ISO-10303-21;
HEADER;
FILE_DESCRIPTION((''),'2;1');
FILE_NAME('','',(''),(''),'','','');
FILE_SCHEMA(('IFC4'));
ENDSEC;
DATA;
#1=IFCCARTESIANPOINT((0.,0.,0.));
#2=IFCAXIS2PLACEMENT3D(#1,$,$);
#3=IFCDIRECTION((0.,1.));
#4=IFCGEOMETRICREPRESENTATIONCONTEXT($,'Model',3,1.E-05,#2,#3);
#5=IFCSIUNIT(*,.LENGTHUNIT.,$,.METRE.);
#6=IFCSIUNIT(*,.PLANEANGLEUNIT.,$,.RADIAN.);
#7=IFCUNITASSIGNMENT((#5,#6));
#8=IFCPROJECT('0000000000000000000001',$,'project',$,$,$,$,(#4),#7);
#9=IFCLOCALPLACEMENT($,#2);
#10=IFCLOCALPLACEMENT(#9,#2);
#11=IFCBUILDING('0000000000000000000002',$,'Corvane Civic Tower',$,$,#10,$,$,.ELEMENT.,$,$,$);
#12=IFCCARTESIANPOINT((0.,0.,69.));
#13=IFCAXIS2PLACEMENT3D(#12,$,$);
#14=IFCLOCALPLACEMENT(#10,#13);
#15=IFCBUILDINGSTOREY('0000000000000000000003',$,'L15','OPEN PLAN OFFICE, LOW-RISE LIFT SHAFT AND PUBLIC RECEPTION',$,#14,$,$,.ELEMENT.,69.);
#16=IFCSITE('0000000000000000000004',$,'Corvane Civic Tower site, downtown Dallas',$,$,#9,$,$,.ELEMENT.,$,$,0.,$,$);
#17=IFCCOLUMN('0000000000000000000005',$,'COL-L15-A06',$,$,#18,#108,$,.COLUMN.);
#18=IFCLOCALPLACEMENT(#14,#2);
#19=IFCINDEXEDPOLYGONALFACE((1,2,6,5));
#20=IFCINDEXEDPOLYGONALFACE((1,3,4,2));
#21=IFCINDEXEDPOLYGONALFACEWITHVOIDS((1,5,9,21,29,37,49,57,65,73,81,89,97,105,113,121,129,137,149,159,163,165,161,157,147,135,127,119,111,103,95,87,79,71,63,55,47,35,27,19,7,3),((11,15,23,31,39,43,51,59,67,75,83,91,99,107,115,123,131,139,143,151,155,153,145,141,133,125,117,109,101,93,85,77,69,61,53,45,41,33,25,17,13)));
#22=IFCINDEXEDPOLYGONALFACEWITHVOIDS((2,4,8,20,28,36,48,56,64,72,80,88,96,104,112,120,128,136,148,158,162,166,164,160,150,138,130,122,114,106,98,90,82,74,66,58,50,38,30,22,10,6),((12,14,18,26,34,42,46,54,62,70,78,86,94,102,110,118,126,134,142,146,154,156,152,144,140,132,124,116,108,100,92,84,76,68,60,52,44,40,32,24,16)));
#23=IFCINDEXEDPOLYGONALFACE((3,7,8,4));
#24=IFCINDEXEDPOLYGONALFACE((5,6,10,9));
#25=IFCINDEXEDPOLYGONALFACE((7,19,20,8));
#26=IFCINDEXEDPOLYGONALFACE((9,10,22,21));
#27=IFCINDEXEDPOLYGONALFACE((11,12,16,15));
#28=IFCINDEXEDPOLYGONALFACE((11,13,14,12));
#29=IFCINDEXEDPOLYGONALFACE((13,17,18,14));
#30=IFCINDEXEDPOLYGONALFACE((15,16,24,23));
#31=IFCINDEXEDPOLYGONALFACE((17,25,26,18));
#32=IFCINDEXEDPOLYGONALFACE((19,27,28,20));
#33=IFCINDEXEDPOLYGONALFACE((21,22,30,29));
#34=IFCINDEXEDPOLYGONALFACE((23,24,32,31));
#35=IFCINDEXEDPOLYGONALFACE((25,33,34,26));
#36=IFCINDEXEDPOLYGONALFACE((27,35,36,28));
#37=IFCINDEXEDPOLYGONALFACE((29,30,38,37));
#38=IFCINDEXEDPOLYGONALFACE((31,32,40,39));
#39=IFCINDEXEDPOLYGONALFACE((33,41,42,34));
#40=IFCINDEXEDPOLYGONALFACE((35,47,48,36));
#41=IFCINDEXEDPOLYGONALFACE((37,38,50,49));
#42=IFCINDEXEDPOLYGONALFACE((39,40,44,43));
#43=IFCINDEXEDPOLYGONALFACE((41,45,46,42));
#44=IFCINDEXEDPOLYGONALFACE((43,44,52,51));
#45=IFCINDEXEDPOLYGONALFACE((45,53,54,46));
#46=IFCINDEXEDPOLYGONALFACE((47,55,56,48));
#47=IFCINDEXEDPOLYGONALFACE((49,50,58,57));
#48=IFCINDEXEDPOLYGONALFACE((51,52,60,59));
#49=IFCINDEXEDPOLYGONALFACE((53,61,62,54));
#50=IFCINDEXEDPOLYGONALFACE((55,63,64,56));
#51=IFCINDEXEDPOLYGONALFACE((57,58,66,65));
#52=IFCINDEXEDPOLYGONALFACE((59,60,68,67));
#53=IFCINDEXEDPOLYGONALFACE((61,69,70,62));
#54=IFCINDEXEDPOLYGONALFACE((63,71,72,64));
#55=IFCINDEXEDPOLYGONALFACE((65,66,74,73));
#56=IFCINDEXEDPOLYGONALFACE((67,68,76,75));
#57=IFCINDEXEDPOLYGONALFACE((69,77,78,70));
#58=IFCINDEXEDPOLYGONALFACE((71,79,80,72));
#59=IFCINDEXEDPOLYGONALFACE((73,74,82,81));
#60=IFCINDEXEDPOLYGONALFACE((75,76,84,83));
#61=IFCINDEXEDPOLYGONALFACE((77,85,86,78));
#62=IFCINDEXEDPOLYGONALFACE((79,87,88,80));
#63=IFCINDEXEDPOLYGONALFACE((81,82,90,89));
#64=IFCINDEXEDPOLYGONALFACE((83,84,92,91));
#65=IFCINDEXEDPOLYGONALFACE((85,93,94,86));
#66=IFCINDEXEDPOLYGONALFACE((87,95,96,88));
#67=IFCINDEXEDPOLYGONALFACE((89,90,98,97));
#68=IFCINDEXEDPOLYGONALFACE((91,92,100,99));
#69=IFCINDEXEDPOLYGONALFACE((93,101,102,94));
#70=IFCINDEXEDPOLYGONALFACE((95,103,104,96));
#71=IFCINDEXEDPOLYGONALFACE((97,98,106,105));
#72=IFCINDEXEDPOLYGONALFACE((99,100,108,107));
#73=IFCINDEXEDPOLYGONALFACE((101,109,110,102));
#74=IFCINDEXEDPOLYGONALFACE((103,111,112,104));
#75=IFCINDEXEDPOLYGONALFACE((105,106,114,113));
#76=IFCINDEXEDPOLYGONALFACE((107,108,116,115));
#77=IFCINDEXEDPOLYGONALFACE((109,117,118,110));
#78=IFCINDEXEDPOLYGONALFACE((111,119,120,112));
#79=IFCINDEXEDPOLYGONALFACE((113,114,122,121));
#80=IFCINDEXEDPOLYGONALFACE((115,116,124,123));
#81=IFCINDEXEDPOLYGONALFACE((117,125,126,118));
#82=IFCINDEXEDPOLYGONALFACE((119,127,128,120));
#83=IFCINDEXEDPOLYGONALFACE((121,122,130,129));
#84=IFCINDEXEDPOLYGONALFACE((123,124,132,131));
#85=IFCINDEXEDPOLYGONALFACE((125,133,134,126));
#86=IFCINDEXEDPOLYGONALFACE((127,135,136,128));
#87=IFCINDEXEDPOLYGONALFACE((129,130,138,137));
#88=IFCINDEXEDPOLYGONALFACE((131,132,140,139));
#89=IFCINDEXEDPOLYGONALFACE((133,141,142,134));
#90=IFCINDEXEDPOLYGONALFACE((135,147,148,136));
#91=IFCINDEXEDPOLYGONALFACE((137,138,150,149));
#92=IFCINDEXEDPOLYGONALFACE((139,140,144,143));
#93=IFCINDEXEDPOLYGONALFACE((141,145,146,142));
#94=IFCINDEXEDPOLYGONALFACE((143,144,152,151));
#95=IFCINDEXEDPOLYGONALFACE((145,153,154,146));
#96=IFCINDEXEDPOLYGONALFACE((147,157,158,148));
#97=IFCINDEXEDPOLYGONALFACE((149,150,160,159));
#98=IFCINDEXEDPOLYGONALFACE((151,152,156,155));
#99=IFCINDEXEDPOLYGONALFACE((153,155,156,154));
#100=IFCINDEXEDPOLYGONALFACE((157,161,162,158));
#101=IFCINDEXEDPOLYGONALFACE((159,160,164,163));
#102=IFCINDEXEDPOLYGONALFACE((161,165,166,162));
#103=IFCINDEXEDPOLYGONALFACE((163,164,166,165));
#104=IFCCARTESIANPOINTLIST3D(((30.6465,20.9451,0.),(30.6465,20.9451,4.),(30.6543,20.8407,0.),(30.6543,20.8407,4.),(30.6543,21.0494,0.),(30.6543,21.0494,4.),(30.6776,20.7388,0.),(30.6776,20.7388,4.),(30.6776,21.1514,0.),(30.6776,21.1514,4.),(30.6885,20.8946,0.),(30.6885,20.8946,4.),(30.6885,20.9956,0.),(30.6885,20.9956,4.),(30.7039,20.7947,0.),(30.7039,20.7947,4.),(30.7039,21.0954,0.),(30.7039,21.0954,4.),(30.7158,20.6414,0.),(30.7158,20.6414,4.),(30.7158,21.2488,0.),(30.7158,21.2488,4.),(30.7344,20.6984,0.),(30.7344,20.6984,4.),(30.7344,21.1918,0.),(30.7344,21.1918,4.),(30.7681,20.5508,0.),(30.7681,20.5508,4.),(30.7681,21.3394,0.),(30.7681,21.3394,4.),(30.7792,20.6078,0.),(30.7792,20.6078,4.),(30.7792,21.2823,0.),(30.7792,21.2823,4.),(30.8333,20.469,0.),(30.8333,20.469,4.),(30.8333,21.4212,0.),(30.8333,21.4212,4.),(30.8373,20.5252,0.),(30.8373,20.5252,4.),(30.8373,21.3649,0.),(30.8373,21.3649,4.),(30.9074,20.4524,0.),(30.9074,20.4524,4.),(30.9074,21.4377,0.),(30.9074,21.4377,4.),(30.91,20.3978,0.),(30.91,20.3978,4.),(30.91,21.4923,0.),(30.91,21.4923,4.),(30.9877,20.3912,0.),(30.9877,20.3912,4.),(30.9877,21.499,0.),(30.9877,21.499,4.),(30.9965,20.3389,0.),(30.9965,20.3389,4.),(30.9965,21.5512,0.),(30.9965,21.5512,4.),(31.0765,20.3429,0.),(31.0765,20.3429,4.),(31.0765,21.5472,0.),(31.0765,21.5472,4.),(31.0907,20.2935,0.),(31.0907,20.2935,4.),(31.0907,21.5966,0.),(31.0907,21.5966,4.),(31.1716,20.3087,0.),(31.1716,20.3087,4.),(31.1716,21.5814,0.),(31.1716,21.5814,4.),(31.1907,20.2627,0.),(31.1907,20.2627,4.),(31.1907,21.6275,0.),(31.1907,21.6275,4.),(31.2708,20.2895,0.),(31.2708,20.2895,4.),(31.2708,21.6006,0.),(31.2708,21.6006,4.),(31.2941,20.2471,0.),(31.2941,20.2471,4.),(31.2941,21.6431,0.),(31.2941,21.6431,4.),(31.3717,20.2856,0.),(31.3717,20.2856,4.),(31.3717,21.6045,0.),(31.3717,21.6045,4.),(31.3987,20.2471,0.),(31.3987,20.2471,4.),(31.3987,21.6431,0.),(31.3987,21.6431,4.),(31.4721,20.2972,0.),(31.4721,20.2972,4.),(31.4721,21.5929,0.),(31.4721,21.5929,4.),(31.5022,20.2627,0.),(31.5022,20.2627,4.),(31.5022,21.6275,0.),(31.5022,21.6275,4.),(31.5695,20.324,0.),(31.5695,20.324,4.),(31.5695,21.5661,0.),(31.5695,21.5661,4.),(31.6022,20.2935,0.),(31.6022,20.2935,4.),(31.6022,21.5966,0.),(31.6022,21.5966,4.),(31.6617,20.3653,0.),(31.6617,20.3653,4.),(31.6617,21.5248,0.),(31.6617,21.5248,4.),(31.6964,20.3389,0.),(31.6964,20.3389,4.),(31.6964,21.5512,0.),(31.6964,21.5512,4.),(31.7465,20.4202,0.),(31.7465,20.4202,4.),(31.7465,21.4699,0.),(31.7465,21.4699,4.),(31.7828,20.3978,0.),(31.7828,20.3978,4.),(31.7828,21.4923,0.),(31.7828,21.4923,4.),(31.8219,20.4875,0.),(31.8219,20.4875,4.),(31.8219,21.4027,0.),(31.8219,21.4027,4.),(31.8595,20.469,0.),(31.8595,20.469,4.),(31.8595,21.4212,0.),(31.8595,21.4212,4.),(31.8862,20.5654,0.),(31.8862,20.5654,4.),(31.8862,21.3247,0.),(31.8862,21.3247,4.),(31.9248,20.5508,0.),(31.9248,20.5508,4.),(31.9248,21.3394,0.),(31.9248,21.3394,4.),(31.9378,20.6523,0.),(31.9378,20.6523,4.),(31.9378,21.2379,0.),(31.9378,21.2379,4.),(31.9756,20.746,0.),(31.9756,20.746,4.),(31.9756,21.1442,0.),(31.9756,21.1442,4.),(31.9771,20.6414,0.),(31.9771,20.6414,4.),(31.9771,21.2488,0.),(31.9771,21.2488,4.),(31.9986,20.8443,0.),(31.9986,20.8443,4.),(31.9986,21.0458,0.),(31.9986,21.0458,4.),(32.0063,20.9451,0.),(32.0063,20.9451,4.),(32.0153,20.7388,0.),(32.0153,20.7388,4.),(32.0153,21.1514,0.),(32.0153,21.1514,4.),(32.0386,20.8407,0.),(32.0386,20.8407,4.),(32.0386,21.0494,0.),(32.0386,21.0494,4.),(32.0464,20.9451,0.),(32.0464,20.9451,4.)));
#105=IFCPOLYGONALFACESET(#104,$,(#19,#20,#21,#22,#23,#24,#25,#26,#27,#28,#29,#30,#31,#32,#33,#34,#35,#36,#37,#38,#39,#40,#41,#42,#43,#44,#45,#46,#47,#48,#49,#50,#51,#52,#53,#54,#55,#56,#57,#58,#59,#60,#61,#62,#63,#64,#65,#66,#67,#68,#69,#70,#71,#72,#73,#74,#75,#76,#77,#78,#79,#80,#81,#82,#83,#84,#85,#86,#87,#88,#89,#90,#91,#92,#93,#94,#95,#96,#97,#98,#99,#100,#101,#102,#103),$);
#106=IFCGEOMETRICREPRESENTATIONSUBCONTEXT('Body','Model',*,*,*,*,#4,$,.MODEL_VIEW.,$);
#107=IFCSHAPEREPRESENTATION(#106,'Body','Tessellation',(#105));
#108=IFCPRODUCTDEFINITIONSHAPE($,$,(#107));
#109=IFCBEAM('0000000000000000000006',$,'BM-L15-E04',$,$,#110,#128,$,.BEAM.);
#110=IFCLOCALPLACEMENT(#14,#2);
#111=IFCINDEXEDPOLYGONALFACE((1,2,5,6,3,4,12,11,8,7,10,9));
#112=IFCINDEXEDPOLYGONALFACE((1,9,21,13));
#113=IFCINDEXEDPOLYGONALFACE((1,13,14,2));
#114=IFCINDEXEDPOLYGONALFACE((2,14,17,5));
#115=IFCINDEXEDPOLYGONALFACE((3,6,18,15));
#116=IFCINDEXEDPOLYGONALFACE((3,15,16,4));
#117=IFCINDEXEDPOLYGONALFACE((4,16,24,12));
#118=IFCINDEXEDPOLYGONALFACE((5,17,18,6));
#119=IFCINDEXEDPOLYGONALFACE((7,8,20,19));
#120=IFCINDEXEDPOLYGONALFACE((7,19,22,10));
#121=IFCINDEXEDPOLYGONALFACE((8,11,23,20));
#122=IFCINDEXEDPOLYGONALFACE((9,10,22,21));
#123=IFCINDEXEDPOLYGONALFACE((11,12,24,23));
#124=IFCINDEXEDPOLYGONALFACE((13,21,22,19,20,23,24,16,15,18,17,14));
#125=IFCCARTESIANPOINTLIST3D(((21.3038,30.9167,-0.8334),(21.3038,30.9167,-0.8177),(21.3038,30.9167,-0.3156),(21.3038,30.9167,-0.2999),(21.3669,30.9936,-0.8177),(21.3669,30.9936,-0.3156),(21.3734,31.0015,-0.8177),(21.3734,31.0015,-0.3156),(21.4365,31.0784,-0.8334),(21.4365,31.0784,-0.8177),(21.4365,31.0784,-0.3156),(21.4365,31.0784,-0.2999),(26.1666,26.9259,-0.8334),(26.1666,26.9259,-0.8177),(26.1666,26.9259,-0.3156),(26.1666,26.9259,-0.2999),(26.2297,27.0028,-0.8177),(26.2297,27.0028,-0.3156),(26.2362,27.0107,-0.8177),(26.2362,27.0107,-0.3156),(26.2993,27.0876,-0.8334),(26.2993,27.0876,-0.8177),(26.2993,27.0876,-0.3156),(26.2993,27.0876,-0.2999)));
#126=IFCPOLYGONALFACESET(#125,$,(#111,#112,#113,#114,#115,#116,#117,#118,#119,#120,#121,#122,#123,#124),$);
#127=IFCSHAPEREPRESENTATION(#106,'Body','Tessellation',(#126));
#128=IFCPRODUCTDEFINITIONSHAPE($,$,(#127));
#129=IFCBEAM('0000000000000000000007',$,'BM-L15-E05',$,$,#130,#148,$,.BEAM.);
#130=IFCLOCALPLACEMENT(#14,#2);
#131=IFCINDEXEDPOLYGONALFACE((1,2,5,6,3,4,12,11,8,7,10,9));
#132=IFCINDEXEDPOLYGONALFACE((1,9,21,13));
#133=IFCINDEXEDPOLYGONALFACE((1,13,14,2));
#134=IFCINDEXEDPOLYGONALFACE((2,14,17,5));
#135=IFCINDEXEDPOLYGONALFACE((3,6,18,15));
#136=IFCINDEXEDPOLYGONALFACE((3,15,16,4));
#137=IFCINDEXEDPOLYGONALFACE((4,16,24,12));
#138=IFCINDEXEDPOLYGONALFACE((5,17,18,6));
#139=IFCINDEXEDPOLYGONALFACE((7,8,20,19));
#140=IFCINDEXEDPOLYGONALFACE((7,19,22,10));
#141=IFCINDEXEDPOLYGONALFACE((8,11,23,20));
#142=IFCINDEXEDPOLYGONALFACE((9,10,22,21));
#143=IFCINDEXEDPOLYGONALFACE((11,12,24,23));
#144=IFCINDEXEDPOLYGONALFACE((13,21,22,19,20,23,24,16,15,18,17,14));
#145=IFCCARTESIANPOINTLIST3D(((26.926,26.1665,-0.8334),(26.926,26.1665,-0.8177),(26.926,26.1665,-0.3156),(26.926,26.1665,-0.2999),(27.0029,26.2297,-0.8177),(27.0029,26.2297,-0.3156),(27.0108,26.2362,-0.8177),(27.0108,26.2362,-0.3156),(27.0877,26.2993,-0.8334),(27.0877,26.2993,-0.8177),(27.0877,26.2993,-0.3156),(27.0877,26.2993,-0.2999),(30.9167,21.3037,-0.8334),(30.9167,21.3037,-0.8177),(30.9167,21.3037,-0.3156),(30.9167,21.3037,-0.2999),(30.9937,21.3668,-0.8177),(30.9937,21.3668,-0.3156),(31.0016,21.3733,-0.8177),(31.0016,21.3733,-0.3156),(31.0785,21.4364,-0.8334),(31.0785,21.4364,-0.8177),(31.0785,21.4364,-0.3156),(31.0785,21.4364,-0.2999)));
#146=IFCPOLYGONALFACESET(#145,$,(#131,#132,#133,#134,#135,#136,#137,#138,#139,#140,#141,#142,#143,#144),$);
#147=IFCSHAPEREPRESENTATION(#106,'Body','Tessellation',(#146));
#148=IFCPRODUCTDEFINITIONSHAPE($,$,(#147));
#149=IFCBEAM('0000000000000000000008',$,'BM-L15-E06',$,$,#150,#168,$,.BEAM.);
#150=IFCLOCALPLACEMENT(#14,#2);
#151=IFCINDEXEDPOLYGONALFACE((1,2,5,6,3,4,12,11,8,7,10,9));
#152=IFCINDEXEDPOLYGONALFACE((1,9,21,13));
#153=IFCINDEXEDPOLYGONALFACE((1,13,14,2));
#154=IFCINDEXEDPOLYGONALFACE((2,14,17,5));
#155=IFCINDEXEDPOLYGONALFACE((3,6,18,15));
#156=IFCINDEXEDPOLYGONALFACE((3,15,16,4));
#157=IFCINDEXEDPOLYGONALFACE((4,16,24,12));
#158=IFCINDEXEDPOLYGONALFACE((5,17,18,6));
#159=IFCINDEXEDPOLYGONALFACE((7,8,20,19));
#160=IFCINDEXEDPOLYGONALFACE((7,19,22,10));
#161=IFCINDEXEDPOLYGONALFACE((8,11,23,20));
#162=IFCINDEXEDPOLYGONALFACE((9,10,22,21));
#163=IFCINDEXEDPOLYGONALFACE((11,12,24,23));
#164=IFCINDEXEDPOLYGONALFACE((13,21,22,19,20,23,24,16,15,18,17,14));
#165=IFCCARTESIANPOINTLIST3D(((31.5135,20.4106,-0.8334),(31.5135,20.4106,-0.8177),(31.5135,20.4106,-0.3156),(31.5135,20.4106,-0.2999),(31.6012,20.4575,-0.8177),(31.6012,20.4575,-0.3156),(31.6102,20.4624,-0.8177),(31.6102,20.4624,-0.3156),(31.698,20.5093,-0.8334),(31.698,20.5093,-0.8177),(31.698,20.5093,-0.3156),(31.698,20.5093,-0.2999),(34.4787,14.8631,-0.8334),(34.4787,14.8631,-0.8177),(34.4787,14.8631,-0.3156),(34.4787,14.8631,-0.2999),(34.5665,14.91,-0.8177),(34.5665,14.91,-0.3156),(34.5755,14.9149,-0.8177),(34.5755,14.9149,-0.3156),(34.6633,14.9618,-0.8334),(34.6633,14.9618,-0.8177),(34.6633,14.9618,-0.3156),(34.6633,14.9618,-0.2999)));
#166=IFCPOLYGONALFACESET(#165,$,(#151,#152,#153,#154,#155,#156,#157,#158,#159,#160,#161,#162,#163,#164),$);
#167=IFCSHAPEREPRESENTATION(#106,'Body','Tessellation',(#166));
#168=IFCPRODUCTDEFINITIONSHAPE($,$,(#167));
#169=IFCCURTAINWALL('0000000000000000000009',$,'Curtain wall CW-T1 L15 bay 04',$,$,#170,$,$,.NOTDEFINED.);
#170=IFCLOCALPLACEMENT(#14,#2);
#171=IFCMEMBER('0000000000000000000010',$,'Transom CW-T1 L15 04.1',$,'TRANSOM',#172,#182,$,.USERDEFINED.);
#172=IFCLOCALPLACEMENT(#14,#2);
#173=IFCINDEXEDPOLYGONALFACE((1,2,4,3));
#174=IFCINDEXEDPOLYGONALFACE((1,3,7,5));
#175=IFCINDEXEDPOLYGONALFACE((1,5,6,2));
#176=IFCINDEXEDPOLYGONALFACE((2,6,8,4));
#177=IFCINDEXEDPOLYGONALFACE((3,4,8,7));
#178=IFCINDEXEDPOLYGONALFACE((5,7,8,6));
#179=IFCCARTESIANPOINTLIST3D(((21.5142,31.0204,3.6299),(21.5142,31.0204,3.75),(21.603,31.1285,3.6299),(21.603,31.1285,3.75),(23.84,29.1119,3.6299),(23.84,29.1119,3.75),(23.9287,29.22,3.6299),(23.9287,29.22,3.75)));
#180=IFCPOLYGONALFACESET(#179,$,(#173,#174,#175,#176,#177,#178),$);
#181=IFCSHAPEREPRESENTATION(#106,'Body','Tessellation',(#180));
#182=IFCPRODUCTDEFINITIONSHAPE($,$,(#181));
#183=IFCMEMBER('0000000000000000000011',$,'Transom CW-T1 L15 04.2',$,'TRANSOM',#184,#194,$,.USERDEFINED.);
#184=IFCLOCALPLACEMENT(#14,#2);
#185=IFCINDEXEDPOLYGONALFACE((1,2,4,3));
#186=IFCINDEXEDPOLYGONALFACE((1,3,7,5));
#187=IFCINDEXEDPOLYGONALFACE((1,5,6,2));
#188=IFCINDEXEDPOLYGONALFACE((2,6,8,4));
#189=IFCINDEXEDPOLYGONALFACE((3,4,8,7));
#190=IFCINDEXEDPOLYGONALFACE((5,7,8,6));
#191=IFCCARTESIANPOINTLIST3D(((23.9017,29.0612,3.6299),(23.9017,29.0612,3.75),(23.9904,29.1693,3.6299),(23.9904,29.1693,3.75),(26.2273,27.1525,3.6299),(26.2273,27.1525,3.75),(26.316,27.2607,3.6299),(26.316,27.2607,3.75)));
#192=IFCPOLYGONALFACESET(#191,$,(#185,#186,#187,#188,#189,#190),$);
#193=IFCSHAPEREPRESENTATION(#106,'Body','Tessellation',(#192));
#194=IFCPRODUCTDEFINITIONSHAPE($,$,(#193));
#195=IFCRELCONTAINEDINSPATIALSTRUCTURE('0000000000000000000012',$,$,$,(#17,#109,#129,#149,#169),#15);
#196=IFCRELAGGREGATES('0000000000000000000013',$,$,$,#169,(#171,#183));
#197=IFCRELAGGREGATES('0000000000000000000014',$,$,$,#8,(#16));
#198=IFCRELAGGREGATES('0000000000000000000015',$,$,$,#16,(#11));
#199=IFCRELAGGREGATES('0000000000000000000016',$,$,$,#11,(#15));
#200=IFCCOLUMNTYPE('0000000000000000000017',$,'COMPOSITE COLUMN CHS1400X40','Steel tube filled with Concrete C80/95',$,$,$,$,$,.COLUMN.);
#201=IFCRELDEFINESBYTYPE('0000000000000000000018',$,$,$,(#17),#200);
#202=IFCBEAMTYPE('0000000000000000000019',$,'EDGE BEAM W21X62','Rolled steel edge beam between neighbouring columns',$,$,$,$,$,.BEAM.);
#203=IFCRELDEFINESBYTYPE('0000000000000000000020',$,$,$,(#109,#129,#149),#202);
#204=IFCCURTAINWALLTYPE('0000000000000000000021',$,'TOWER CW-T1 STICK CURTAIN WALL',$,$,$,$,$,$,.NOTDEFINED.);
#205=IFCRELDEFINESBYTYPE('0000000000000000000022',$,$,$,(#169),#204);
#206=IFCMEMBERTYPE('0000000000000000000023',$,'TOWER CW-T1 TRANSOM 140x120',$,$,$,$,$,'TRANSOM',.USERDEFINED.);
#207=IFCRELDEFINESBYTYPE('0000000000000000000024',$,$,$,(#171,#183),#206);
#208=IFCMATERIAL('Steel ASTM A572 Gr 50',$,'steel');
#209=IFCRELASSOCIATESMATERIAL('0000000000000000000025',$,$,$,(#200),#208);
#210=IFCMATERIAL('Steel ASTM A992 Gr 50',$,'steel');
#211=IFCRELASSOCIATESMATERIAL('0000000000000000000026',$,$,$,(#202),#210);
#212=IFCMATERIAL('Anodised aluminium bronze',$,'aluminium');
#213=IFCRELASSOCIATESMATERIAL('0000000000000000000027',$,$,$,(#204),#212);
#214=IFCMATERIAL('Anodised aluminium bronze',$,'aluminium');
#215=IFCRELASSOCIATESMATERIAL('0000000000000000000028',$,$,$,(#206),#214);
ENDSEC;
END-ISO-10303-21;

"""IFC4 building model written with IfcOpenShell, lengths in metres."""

from ifc_helpers import new_model, si_unit, direction, frame, origin, origin_2d, place, context, subcontext, project, spatial, rectangle, hollow_circle, i_section, extrude, material, material_profile, profile_set, type_object, element, aggregate, save


model = new_model("IFC4")

# Units and contexts
model_context = context("Model", 3, precision=1e-05, world=origin(), true_north=direction((0.0, 1.0)))
body_context = subcontext(model_context, "Body", "Model", "MODEL_VIEW")
ifc_project = project(units=[si_unit("LENGTHUNIT", "METRE"), si_unit("PLANEANGLEUNIT", "RADIAN")], contexts=[model_context])

# Site, building, storey
site_placement = place(None, origin())
site = spatial("IfcSite", under=ifc_project, at=site_placement, Name="Corvane Civic Tower site, downtown Dallas", CompositionType="ELEMENT", RefElevation=0.0)
building_placement = place(site_placement, origin())
building = spatial("IfcBuilding", under=site, at=building_placement, Name="Corvane Civic Tower", CompositionType="ELEMENT")
storey_placement = place(building_placement, frame((0.0, 0.0, 69.0)))
storey = spatial("IfcBuildingStorey", under=building, at=storey_placement, Name="L15", Description="OPEN PLAN OFFICE, LOW-RISE LIFT SHAFT AND PUBLIC RECEPTION", CompositionType="ELEMENT", Elevation=69.0)

# Column
ifc_material_1 = material(Name="Steel ASTM A572 Gr 50", Category="steel")
ifc_material_profile_1 = material_profile(ifc_material_1, hollow_circle(Radius=0.7, WallThickness=0.04, at=origin_2d()), Name="CHS1400X40")
ifc_profile_set_1 = profile_set([ifc_material_profile_1], Name="Steel ASTM A572 Gr 50")
column_type = type_object("IfcColumnType", Name="COMPOSITE COLUMN CHS1400X40", Description="Steel tube filled with Concrete C80/95", PredefinedType="COLUMN", material=ifc_profile_set_1)
for number, where, z_axis, x_axis, name in (
    (1, (31.3464, 20.9451, 0.0), (0.0, 0.0, 1.0), (1.0, 0.0, 0.0), "COL-L15-A06"),
):
    element("IfcColumn", number, at=place(storey_placement, frame(where, z_axis=z_axis, x_axis=x_axis)), inside=storey, type_object=column_type, Name=name, PredefinedType="COLUMN", context=body_context, shape_type="SweptSolid", body=[
        extrude(hollow_circle(Radius=0.7, WallThickness=0.04, at=origin_2d()), origin(), (0.0, 0.0, 1.0), 4.0),
    ])

# Beams
ifc_material_2 = material(Name="Steel ASTM A992 Gr 50", Category="steel")
ifc_material_profile_2 = material_profile(ifc_material_2, i_section(OverallWidth=0.2092, OverallDepth=0.5334, WebThickness=0.0103, FlangeThickness=0.0156, at=origin_2d()), Name="W21X62")
ifc_profile_set_2 = profile_set([ifc_material_profile_2], Name="Steel ASTM A992 Gr 50")
beam_type = type_object("IfcBeamType", Name="EDGE BEAM W21X62", Description="Rolled steel edge beam between neighbouring columns", PredefinedType="BEAM", material=ifc_profile_set_2)
for number, where, z_axis, x_axis, name in (
    (2, (21.3701, 30.9976, -0.5667), (0.773016, -0.634387, 0.0), (0.634387, 0.773016, 0.0), "BM-L15-E04"),
    (3, (27.0068, 26.2329, -0.5667), (0.634387, -0.773016, 0.0), (0.773016, 0.634387, 0.0), "BM-L15-E05"),
):
    element("IfcBeam", number, at=place(storey_placement, frame(where, z_axis=z_axis, x_axis=x_axis)), inside=storey, type_object=beam_type, Name=name, PredefinedType="BEAM", context=body_context, shape_type="SweptSolid", body=[
        extrude(i_section(OverallWidth=0.2092, OverallDepth=0.5334, WebThickness=0.0103, FlangeThickness=0.0156, at=origin_2d()), origin(), (0.0, 0.0, 1.0), 6.2908),
    ])
beam_placement = place(storey_placement, frame((31.6057, 20.46, -0.5667), z_axis=(0.471406, -0.881916, 0.0), x_axis=(0.881916, 0.471406, 0.0)))
element("IfcBeam", 4, at=beam_placement, inside=storey, type_object=beam_type, Name="BM-L15-E06", PredefinedType="BEAM", context=body_context, shape_type="SweptSolid", body=[
    extrude(i_section(OverallWidth=0.2092, OverallDepth=0.5334, WebThickness=0.0103, FlangeThickness=0.0156, at=origin_2d()), origin(), (0.0, 0.0, 1.0), 6.2903),
])

# Curtain wall, members
ifc_material_3 = material(Name="Anodised aluminium bronze", Category="aluminium")
curtain_wall_type = type_object("IfcCurtainWallType", Name="TOWER CW-T1 STICK CURTAIN WALL", PredefinedType="NOTDEFINED", material=ifc_material_3)
curtain_wall_1_placement = place(storey_placement, origin())
curtain_wall_1 = element("IfcCurtainWall", 5, at=curtain_wall_1_placement, inside=storey, type_object=curtain_wall_type, Name="Curtain wall CW-T1 L15 bay 04", PredefinedType="NOTDEFINED")
ifc_material_4 = material(Name="Anodised aluminium bronze", Category="aluminium")
ifc_material_profile_3 = material_profile(ifc_material_4, rectangle(XDim=0.1399, YDim=0.1201, at=origin_2d()), Name="TOWER CW-T1 TRANSOM 140x120")
ifc_profile_set_3 = profile_set([ifc_material_profile_3], Name="Anodised aluminium bronze")
member_type_1 = type_object("IfcMemberType", Name="TOWER CW-T1 TRANSOM 140x120", ElementType="TRANSOM", PredefinedType="USERDEFINED", material=ifc_profile_set_3)
member_1_placement = place(storey_placement, frame((21.5586, 31.0745, 3.6899), z_axis=(0.773042, -0.634355, 0.0), x_axis=(0.634355, 0.773042, 0.0)))
member_1 = element("IfcMember", 6, at=member_1_placement, type_object=member_type_1, Name="Transom CW-T1 L15 04.1", ObjectType="TRANSOM", PredefinedType="USERDEFINED", context=body_context, shape_type="SweptSolid", body=[
    extrude(rectangle(XDim=0.1399, YDim=0.1201, at=origin_2d()), origin(), (0.0, 0.0, 1.0), 3.0085),
])
member_2_placement = place(storey_placement, frame((23.946, 29.1152, 3.6899), z_axis=(0.773002, -0.634404, 0.0), x_axis=(0.634404, 0.773002, 0.0)))
member_2 = element("IfcMember", 7, at=member_2_placement, type_object=member_type_1, Name="Transom CW-T1 L15 04.2", ObjectType="TRANSOM", PredefinedType="USERDEFINED", context=body_context, shape_type="SweptSolid", body=[
    extrude(rectangle(XDim=0.1399, YDim=0.1201, at=origin_2d()), origin(), (0.0, 0.0, 1.0), 3.0085),
])

aggregate(curtain_wall_1, [member_1, member_2])

save(model, "model.ifc")
